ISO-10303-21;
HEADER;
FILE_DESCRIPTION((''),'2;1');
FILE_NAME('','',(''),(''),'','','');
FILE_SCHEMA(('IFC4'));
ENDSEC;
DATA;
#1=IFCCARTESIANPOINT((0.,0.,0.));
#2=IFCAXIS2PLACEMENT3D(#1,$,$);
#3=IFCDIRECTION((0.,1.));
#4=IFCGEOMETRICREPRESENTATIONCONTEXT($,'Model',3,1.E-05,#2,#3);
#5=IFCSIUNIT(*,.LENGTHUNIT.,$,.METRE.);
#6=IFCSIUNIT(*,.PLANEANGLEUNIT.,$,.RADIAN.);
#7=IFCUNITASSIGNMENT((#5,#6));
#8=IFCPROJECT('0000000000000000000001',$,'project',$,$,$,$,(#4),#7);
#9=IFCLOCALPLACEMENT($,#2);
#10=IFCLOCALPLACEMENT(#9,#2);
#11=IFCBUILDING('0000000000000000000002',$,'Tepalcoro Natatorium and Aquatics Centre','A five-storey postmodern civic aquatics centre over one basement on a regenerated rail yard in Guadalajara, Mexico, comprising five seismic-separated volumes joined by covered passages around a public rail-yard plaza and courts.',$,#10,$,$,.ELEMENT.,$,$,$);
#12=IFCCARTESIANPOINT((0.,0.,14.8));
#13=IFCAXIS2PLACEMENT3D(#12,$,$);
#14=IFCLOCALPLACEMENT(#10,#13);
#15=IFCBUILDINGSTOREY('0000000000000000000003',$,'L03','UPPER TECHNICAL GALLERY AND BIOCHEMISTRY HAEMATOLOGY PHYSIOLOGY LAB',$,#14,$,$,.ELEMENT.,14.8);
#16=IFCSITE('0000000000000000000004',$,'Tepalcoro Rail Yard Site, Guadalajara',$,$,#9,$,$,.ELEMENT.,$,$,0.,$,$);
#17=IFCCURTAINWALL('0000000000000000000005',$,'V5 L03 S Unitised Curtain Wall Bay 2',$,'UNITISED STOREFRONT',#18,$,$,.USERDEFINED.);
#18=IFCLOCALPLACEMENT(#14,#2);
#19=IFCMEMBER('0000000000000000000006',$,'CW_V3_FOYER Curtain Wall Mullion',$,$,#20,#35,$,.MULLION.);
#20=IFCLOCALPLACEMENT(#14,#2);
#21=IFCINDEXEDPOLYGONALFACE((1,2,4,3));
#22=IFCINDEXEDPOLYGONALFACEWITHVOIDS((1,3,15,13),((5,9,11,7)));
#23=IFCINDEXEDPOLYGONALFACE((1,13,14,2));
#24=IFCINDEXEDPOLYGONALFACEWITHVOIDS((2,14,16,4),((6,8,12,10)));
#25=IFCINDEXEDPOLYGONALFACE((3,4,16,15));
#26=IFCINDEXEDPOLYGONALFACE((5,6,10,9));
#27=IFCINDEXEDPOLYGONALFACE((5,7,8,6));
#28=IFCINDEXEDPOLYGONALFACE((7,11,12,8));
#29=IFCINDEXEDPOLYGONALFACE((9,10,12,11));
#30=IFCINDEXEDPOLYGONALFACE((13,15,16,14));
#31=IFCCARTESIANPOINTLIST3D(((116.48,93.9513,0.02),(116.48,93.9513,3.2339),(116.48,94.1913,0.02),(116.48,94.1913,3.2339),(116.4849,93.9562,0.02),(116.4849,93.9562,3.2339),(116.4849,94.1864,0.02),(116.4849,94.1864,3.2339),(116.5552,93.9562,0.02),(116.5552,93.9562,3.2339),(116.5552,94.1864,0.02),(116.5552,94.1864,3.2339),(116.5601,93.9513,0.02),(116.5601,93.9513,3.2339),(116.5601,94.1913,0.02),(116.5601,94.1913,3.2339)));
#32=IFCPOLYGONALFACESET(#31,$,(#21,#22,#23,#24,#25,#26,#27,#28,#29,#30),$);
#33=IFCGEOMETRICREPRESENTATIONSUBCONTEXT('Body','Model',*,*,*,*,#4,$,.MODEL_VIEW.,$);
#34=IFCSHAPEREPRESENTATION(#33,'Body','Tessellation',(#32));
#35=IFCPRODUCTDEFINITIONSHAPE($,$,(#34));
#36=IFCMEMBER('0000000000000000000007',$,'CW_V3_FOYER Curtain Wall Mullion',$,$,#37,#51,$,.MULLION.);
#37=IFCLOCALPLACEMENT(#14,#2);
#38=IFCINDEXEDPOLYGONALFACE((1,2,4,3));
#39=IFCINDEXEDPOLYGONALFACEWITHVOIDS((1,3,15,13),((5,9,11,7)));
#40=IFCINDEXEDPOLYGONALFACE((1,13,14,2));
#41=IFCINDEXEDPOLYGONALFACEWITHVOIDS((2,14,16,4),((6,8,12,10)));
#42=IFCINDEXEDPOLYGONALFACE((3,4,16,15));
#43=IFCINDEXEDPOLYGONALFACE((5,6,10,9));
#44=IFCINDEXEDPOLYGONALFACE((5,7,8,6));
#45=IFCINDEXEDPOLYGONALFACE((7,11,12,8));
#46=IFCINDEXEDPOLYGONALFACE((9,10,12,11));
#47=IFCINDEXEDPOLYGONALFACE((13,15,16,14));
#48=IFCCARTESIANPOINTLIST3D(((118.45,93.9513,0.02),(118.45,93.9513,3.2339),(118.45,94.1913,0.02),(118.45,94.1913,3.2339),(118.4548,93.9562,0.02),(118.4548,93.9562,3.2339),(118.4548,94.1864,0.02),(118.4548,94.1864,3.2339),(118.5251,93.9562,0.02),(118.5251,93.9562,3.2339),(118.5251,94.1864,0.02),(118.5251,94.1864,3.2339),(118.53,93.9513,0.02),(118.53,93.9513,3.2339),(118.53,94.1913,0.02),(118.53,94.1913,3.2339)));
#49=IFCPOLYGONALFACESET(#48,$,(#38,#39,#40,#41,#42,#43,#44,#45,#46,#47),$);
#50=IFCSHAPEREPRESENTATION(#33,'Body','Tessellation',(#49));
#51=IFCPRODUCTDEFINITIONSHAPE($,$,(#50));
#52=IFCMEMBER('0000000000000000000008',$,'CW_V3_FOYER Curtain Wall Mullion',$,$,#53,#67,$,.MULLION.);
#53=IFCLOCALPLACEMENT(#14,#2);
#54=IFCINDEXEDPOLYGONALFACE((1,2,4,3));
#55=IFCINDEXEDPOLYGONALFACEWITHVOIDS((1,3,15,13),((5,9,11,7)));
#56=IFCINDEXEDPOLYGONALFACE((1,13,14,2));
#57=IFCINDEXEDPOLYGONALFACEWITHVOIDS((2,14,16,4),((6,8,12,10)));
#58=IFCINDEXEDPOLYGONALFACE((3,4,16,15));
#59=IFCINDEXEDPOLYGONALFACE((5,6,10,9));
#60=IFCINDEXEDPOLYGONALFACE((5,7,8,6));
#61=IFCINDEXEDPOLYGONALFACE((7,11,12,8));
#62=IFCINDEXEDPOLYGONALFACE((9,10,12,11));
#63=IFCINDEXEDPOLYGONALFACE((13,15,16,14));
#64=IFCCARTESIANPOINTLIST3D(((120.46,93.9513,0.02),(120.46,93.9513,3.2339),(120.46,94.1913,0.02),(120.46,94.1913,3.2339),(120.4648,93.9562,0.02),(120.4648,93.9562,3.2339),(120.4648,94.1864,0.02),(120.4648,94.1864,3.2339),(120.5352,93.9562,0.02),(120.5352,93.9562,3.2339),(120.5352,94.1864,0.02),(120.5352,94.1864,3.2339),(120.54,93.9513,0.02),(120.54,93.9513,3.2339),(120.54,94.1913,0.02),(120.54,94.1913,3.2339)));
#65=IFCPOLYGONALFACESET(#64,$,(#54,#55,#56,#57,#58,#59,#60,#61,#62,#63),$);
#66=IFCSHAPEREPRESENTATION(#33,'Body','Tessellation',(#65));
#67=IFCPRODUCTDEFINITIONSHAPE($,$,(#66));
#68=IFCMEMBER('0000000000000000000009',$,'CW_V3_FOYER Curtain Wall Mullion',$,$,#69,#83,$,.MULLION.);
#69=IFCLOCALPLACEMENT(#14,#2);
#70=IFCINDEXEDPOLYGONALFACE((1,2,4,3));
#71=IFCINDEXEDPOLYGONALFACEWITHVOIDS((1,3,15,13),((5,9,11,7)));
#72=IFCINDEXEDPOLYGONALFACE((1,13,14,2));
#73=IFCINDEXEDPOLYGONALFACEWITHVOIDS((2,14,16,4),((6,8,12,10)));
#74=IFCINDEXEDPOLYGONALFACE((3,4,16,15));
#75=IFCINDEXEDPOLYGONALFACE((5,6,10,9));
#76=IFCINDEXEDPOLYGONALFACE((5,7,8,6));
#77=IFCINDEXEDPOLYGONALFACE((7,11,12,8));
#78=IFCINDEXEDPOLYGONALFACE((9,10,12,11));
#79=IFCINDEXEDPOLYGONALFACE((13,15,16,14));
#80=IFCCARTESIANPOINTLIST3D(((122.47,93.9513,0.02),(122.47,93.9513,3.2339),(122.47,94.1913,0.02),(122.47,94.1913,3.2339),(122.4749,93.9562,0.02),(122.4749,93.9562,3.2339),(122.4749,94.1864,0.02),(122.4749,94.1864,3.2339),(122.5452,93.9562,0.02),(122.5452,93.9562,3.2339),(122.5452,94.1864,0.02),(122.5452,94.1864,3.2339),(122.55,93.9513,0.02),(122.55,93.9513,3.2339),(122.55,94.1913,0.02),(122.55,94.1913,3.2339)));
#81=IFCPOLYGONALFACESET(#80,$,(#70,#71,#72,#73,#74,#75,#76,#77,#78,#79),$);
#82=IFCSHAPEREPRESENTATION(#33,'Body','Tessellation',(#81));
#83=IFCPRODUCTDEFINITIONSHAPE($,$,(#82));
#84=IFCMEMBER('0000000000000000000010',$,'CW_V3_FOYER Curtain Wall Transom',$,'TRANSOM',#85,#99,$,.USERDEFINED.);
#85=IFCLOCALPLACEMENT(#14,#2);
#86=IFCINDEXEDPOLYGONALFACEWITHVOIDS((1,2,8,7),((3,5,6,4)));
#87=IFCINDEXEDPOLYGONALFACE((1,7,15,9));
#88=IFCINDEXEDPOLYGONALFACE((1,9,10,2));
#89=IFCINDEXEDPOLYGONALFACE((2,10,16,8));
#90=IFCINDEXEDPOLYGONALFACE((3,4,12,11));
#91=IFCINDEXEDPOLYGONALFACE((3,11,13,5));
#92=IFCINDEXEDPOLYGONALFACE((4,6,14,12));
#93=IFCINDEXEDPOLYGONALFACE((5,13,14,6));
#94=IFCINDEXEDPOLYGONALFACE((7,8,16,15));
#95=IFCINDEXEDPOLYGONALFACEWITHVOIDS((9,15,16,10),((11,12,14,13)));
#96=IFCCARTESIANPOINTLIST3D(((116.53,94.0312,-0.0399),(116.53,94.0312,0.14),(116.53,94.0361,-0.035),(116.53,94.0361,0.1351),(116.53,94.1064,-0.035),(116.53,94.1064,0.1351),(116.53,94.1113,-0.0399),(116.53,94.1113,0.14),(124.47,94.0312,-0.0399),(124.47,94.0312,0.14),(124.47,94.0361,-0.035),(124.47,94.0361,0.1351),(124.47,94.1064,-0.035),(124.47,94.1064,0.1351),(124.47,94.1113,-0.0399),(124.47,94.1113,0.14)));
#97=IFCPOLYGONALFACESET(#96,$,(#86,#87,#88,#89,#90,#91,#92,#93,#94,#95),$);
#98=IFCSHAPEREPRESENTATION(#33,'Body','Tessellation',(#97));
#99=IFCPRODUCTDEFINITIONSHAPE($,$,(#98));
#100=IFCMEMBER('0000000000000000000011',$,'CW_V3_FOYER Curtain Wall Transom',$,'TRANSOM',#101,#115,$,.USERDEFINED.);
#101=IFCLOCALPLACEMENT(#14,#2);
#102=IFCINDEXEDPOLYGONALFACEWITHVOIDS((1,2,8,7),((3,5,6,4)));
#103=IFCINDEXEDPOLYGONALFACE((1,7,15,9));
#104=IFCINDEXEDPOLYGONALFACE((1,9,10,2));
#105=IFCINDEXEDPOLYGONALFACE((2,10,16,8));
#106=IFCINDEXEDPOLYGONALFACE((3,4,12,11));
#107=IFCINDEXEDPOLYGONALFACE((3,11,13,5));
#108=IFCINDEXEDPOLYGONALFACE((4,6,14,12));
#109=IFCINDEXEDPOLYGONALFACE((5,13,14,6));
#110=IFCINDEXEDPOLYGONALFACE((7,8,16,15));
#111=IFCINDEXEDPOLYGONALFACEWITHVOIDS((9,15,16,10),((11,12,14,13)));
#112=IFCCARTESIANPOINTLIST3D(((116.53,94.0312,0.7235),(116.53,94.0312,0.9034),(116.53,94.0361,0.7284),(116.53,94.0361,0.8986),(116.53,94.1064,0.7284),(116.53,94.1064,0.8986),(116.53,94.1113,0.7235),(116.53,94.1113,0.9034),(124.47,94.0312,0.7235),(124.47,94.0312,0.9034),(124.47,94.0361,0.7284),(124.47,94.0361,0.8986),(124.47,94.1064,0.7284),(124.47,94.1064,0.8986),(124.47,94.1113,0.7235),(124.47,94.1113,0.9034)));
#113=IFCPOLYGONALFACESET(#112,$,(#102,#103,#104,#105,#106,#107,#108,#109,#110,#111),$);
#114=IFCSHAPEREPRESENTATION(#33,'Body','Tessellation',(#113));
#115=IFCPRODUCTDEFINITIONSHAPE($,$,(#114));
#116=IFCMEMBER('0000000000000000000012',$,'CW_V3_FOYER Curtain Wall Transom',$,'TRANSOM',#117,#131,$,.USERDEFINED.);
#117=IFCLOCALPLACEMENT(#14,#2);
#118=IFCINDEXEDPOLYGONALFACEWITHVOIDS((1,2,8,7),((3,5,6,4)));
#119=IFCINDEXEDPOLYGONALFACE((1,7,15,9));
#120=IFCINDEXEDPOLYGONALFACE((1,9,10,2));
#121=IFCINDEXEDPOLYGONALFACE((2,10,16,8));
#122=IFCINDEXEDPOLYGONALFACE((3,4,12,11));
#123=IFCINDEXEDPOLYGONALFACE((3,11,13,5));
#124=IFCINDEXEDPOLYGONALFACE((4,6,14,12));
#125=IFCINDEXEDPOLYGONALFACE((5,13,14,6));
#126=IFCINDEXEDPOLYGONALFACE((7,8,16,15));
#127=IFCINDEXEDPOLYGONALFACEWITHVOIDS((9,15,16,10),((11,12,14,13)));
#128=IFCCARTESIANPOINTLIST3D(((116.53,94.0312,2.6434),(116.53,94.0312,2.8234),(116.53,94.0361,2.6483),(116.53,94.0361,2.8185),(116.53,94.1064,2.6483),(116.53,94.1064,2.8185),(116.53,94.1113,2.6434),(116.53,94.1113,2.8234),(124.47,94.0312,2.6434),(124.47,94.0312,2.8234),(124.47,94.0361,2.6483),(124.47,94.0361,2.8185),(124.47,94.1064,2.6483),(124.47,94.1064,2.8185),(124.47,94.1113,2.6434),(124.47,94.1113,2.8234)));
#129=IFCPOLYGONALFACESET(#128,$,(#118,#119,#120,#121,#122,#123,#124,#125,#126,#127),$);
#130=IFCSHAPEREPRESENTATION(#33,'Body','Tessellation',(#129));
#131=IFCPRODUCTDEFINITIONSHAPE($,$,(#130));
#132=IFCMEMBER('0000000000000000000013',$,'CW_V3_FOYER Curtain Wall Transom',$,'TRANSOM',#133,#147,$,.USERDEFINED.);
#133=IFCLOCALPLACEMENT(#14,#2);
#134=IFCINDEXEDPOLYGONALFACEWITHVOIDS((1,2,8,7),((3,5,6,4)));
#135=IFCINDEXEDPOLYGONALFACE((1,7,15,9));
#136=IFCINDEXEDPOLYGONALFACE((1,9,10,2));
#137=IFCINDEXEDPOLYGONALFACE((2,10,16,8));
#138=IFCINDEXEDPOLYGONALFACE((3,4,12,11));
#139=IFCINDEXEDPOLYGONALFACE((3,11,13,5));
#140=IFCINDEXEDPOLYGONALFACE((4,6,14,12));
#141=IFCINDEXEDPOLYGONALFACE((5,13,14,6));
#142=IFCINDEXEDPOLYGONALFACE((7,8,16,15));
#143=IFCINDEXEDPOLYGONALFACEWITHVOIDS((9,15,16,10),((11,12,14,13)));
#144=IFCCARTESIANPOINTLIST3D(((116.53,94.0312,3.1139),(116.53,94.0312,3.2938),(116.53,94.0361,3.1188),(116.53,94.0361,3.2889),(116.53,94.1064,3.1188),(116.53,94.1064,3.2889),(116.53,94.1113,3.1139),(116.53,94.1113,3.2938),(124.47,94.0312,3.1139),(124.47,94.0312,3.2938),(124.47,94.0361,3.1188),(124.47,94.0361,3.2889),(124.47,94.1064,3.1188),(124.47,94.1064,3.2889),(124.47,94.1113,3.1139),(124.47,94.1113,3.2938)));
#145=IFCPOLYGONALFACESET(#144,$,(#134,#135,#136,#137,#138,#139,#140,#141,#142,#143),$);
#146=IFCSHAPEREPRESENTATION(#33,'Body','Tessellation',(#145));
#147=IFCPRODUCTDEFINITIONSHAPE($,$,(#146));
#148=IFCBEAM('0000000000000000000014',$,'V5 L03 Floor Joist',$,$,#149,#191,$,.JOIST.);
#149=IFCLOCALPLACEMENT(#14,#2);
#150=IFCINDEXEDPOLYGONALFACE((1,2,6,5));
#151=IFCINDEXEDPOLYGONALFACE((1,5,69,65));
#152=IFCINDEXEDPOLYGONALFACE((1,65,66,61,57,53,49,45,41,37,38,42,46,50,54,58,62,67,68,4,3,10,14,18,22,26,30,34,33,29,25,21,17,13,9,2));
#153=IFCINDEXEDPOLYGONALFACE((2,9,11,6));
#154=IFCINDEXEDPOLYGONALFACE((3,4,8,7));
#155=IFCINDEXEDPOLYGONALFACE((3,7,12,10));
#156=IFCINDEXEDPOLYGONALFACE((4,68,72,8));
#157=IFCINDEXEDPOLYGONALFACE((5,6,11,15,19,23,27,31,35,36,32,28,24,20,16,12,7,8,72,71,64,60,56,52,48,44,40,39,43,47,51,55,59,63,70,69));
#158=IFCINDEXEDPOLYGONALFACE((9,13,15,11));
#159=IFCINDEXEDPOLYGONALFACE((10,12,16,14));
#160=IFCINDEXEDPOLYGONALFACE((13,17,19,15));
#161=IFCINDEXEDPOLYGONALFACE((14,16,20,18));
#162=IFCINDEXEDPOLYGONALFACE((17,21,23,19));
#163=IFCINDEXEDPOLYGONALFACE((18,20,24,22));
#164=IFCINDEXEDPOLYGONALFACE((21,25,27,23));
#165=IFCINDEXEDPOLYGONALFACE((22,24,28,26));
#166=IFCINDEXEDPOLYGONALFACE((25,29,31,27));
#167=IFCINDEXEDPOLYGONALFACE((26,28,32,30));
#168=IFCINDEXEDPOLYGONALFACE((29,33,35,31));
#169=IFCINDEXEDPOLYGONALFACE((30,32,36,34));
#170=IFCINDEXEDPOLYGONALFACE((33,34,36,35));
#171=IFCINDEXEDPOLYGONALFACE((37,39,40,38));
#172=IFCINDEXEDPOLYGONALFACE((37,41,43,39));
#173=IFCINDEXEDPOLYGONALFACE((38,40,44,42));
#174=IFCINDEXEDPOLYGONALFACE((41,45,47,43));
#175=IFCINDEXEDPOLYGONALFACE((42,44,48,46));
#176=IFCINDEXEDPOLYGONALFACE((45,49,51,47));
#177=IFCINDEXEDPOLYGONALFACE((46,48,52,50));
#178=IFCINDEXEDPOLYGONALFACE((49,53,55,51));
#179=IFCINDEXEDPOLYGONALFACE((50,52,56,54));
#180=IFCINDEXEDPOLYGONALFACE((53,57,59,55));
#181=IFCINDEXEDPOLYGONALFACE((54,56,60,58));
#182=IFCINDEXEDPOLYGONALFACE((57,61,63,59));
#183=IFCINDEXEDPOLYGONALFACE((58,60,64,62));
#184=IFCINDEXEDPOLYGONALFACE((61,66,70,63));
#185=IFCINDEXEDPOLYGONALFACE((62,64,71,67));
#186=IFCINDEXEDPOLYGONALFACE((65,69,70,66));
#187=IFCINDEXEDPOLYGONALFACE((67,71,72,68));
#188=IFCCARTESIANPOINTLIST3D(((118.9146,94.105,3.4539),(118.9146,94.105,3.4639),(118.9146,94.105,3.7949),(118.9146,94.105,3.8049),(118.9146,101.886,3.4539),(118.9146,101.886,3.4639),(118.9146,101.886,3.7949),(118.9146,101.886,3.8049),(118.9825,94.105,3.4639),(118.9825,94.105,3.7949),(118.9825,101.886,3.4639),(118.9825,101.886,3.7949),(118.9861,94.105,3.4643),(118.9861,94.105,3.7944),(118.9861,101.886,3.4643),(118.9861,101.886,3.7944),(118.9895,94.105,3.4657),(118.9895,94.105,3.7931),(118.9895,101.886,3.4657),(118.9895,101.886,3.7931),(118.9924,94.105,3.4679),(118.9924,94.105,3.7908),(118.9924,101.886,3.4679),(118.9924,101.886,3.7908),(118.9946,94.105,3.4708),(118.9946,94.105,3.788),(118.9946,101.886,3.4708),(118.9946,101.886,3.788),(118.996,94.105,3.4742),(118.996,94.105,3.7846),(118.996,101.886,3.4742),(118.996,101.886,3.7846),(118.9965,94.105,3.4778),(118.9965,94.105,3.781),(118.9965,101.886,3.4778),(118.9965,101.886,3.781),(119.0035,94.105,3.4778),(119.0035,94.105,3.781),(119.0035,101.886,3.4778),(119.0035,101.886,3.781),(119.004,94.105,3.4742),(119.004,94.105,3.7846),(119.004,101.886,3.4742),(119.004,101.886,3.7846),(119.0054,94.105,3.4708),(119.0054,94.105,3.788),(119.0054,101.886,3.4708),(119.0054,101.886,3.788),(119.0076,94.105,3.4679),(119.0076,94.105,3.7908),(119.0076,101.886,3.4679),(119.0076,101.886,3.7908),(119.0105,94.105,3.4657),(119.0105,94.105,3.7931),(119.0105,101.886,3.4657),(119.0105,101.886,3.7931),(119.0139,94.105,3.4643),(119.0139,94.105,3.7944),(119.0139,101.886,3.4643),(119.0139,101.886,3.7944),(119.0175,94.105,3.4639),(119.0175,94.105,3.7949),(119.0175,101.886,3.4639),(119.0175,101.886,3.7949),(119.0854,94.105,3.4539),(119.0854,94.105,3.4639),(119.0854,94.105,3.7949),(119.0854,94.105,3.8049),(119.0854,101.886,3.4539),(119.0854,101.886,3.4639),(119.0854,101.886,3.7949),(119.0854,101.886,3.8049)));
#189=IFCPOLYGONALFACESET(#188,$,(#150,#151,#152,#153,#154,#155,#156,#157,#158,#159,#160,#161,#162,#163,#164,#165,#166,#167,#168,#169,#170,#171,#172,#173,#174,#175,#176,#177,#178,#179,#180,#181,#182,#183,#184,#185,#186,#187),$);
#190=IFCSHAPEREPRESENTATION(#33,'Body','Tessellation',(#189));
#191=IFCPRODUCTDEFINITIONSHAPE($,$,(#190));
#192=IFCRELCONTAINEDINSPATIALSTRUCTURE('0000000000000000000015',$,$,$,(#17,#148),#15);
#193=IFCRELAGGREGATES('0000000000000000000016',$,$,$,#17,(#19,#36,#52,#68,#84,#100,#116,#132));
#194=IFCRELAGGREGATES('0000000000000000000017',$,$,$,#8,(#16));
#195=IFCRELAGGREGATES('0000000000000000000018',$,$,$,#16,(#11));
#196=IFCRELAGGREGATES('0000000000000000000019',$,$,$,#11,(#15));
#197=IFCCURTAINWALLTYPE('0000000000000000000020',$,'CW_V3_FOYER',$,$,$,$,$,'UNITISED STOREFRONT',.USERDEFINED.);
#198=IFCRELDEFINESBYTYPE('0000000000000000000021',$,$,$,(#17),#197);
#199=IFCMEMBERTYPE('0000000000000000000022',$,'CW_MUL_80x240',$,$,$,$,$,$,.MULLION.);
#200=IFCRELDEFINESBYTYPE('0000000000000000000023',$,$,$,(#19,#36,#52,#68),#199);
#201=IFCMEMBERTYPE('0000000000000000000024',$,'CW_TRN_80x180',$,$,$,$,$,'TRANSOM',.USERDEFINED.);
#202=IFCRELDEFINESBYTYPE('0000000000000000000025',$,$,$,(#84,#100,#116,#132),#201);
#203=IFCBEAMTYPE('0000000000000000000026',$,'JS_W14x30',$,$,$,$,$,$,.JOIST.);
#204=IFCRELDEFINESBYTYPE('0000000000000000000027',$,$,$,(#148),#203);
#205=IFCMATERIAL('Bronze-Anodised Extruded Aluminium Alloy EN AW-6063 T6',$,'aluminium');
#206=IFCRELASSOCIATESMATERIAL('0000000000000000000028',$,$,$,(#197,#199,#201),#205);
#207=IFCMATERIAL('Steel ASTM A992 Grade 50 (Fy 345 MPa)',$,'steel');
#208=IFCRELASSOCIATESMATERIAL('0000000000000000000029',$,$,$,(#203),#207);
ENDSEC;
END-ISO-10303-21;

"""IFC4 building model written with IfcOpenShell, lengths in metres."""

from ifc_helpers import new_model, si_unit, direction, frame, origin, origin_2d, place, context, subcontext, project, spatial, hollow_rectangle, i_section, extrude, material, material_profile, profile_set, type_object, element, aggregate, save


model = new_model("IFC4")

# Units and contexts
model_context = context("Model", 3, precision=1e-05, world=origin(), true_north=direction((0.0, 1.0)))
body_context = subcontext(model_context, "Body", "Model", "MODEL_VIEW")
ifc_project = project(units=[si_unit("LENGTHUNIT", "METRE"), si_unit("PLANEANGLEUNIT", "RADIAN")], contexts=[model_context])

# Site, building, storey
site_placement = place(None, origin())
site = spatial("IfcSite", under=ifc_project, at=site_placement, Name="Tepalcoro Rail Yard Site, Guadalajara", CompositionType="ELEMENT", RefElevation=0.0)
building_placement = place(site_placement, origin())
building = spatial("IfcBuilding", under=site, at=building_placement, Name="Tepalcoro Natatorium and Aquatics Centre", Description="A five-storey postmodern civic aquatics centre over one basement on a regenerated rail yard in Guadalajara, Mexico, comprising five seismic-separated volumes joined by covered passages around a public rail-yard plaza and courts.", CompositionType="ELEMENT")
storey_placement = place(building_placement, frame((0.0, 0.0, 14.8)))
storey = spatial("IfcBuildingStorey", under=building, at=storey_placement, Name="L03", Description="UPPER TECHNICAL GALLERY AND BIOCHEMISTRY HAEMATOLOGY PHYSIOLOGY LAB", CompositionType="ELEMENT", Elevation=14.8)

# Shared definitions
ifc_material_1 = material(Name="Steel ASTM A992 Grade 50 (Fy 345 MPa)", Category="steel")

# Curtain wall, members
ifc_material_2 = material(Name="Bronze-Anodised Extruded Aluminium Alloy EN AW-6063 T6", Category="aluminium")
curtain_wall_type = type_object("IfcCurtainWallType", Name="CW_V3_FOYER", ElementType="UNITISED STOREFRONT", PredefinedType="USERDEFINED", material=ifc_material_2)
curtain_wall_placement = place(storey_placement, origin())
curtain_wall = element("IfcCurtainWall", 1, at=curtain_wall_placement, inside=storey, type_object=curtain_wall_type, Name="V5 L03 S Unitised Curtain Wall Bay 2", ObjectType="UNITISED STOREFRONT", PredefinedType="USERDEFINED")
ifc_material_profile_1 = material_profile(ifc_material_2, hollow_rectangle(XDim=0.0801, YDim=0.24, WallThickness=0.0049, at=origin_2d()), Name="AL80X240X5")
ifc_profile_set_1 = profile_set([ifc_material_profile_1], Name="Bronze-Anodised Extruded Aluminium Alloy EN AW-6063 T6")
member_type_1 = type_object("IfcMemberType", Name="CW_MUL_80x240", PredefinedType="MULLION", material=ifc_profile_set_1)
member_1_placement = place(storey_placement, frame((116.52, 94.0713, 0.02), z_axis=(0.0, 0.0, 1.0), x_axis=(1.0, 0.0, 0.0)))
member_1 = element("IfcMember", 2, at=member_1_placement, type_object=member_type_1, Name="CW_V3_FOYER Curtain Wall Mullion", PredefinedType="MULLION", context=body_context, shape_type="SweptSolid", body=[
    extrude(hollow_rectangle(XDim=0.0801, YDim=0.24, WallThickness=0.0049, at=origin_2d()), origin(), (0.0, 0.0, 1.0), 3.2139),
])
member_2_placement = place(storey_placement, frame((118.49, 94.0713, 0.02), z_axis=(0.0, 0.0, 1.0), x_axis=(1.0, 0.0, 0.0)))
member_2 = element("IfcMember", 3, at=member_2_placement, type_object=member_type_1, Name="CW_V3_FOYER Curtain Wall Mullion", PredefinedType="MULLION", context=body_context, shape_type="SweptSolid", body=[
    extrude(hollow_rectangle(XDim=0.0801, YDim=0.24, WallThickness=0.0049, at=origin_2d()), origin(), (0.0, 0.0, 1.0), 3.2139),
])
member_3_placement = place(storey_placement, frame((120.5, 94.0713, 0.02), z_axis=(0.0, 0.0, 1.0), x_axis=(1.0, 0.0, 0.0)))
member_3 = element("IfcMember", 4, at=member_3_placement, type_object=member_type_1, Name="CW_V3_FOYER Curtain Wall Mullion", PredefinedType="MULLION", context=body_context, shape_type="SweptSolid", body=[
    extrude(hollow_rectangle(XDim=0.0801, YDim=0.24, WallThickness=0.0049, at=origin_2d()), origin(), (0.0, 0.0, 1.0), 3.2139),
])
member_4_placement = place(storey_placement, frame((122.51, 94.0713, 0.02), z_axis=(0.0, 0.0, 1.0), x_axis=(1.0, 0.0, 0.0)))
member_4 = element("IfcMember", 5, at=member_4_placement, type_object=member_type_1, Name="CW_V3_FOYER Curtain Wall Mullion", PredefinedType="MULLION", context=body_context, shape_type="SweptSolid", body=[
    extrude(hollow_rectangle(XDim=0.0801, YDim=0.24, WallThickness=0.0049, at=origin_2d()), origin(), (0.0, 0.0, 1.0), 3.2139),
])
ifc_material_profile_2 = material_profile(ifc_material_2, hollow_rectangle(XDim=0.0801, YDim=0.1799, WallThickness=0.0049, at=origin_2d()), Name="AL80X180X5")
ifc_profile_set_2 = profile_set([ifc_material_profile_2], Name="Bronze-Anodised Extruded Aluminium Alloy EN AW-6063 T6")
member_type_2 = type_object("IfcMemberType", Name="CW_TRN_80x180", ElementType="TRANSOM", PredefinedType="USERDEFINED", material=ifc_profile_set_2)
member_5_placement = place(storey_placement, frame((116.53, 94.0713, 0.05), z_axis=(1.0, 0.0, 0.0), x_axis=(0.0, 1.0, 0.0)))
member_5 = element("IfcMember", 6, at=member_5_placement, type_object=member_type_2, Name="CW_V3_FOYER Curtain Wall Transom", ObjectType="TRANSOM", PredefinedType="USERDEFINED", context=body_context, shape_type="SweptSolid", body=[
    extrude(hollow_rectangle(XDim=0.0801, YDim=0.1799, WallThickness=0.0049, at=origin_2d()), origin(), (0.0, 0.0, 1.0), 7.9399),
])
member_6_placement = place(storey_placement, frame((116.53, 94.0713, 0.8135), z_axis=(1.0, 0.0, 0.0), x_axis=(0.0, 1.0, 0.0)))
member_6 = element("IfcMember", 7, at=member_6_placement, type_object=member_type_2, Name="CW_V3_FOYER Curtain Wall Transom", ObjectType="TRANSOM", PredefinedType="USERDEFINED", context=body_context, shape_type="SweptSolid", body=[
    extrude(hollow_rectangle(XDim=0.0801, YDim=0.1799, WallThickness=0.0049, at=origin_2d()), origin(), (0.0, 0.0, 1.0), 7.9399),
])
member_7_placement = place(storey_placement, frame((116.53, 94.0713, 2.7334), z_axis=(1.0, 0.0, 0.0), x_axis=(0.0, 1.0, 0.0)))
member_7 = element("IfcMember", 8, at=member_7_placement, type_object=member_type_2, Name="CW_V3_FOYER Curtain Wall Transom", ObjectType="TRANSOM", PredefinedType="USERDEFINED", context=body_context, shape_type="SweptSolid", body=[
    extrude(hollow_rectangle(XDim=0.0801, YDim=0.1799, WallThickness=0.0049, at=origin_2d()), origin(), (0.0, 0.0, 1.0), 7.9399),
])
member_8_placement = place(storey_placement, frame((116.53, 94.0713, 3.2039), z_axis=(1.0, 0.0, 0.0), x_axis=(0.0, 1.0, 0.0)))
member_8 = element("IfcMember", 9, at=member_8_placement, type_object=member_type_2, Name="CW_V3_FOYER Curtain Wall Transom", ObjectType="TRANSOM", PredefinedType="USERDEFINED", context=body_context, shape_type="SweptSolid", body=[
    extrude(hollow_rectangle(XDim=0.0801, YDim=0.1799, WallThickness=0.0049, at=origin_2d()), origin(), (0.0, 0.0, 1.0), 7.9399),
])

# Beam
ifc_material_profile_3 = material_profile(ifc_material_1, i_section(OverallWidth=0.1709, OverallDepth=0.3511, WebThickness=0.0071, FlangeThickness=0.01, FilletRadius=0.0139, at=origin_2d()), Name="W14X30")
ifc_profile_set_3 = profile_set([ifc_material_profile_3], Name="Steel ASTM A992 Grade 50 (Fy 345 MPa)")
beam_type_1 = type_object("IfcBeamType", Name="JS_W14x30", PredefinedType="JOIST", material=ifc_profile_set_3)
beam_1_placement = place(storey_placement, frame((119.0, 94.105, 3.6294), z_axis=(0.0, 1.0, 0.0), x_axis=(-1.0, 0.0, 0.0)))
element("IfcBeam", 10, at=beam_1_placement, inside=storey, type_object=beam_type_1, Name="V5 L03 Floor Joist", PredefinedType="JOIST", context=body_context, shape_type="SweptSolid", body=[
    extrude(i_section(OverallWidth=0.1709, OverallDepth=0.3511, WebThickness=0.0071, FlangeThickness=0.01, FilletRadius=0.0139, at=origin_2d()), origin(), (0.0, 0.0, 1.0), 7.781),
])

aggregate(curtain_wall, [member_1, member_2, member_3, member_4, member_5, member_6, member_7, member_8])

save(model, "model.ifc")
